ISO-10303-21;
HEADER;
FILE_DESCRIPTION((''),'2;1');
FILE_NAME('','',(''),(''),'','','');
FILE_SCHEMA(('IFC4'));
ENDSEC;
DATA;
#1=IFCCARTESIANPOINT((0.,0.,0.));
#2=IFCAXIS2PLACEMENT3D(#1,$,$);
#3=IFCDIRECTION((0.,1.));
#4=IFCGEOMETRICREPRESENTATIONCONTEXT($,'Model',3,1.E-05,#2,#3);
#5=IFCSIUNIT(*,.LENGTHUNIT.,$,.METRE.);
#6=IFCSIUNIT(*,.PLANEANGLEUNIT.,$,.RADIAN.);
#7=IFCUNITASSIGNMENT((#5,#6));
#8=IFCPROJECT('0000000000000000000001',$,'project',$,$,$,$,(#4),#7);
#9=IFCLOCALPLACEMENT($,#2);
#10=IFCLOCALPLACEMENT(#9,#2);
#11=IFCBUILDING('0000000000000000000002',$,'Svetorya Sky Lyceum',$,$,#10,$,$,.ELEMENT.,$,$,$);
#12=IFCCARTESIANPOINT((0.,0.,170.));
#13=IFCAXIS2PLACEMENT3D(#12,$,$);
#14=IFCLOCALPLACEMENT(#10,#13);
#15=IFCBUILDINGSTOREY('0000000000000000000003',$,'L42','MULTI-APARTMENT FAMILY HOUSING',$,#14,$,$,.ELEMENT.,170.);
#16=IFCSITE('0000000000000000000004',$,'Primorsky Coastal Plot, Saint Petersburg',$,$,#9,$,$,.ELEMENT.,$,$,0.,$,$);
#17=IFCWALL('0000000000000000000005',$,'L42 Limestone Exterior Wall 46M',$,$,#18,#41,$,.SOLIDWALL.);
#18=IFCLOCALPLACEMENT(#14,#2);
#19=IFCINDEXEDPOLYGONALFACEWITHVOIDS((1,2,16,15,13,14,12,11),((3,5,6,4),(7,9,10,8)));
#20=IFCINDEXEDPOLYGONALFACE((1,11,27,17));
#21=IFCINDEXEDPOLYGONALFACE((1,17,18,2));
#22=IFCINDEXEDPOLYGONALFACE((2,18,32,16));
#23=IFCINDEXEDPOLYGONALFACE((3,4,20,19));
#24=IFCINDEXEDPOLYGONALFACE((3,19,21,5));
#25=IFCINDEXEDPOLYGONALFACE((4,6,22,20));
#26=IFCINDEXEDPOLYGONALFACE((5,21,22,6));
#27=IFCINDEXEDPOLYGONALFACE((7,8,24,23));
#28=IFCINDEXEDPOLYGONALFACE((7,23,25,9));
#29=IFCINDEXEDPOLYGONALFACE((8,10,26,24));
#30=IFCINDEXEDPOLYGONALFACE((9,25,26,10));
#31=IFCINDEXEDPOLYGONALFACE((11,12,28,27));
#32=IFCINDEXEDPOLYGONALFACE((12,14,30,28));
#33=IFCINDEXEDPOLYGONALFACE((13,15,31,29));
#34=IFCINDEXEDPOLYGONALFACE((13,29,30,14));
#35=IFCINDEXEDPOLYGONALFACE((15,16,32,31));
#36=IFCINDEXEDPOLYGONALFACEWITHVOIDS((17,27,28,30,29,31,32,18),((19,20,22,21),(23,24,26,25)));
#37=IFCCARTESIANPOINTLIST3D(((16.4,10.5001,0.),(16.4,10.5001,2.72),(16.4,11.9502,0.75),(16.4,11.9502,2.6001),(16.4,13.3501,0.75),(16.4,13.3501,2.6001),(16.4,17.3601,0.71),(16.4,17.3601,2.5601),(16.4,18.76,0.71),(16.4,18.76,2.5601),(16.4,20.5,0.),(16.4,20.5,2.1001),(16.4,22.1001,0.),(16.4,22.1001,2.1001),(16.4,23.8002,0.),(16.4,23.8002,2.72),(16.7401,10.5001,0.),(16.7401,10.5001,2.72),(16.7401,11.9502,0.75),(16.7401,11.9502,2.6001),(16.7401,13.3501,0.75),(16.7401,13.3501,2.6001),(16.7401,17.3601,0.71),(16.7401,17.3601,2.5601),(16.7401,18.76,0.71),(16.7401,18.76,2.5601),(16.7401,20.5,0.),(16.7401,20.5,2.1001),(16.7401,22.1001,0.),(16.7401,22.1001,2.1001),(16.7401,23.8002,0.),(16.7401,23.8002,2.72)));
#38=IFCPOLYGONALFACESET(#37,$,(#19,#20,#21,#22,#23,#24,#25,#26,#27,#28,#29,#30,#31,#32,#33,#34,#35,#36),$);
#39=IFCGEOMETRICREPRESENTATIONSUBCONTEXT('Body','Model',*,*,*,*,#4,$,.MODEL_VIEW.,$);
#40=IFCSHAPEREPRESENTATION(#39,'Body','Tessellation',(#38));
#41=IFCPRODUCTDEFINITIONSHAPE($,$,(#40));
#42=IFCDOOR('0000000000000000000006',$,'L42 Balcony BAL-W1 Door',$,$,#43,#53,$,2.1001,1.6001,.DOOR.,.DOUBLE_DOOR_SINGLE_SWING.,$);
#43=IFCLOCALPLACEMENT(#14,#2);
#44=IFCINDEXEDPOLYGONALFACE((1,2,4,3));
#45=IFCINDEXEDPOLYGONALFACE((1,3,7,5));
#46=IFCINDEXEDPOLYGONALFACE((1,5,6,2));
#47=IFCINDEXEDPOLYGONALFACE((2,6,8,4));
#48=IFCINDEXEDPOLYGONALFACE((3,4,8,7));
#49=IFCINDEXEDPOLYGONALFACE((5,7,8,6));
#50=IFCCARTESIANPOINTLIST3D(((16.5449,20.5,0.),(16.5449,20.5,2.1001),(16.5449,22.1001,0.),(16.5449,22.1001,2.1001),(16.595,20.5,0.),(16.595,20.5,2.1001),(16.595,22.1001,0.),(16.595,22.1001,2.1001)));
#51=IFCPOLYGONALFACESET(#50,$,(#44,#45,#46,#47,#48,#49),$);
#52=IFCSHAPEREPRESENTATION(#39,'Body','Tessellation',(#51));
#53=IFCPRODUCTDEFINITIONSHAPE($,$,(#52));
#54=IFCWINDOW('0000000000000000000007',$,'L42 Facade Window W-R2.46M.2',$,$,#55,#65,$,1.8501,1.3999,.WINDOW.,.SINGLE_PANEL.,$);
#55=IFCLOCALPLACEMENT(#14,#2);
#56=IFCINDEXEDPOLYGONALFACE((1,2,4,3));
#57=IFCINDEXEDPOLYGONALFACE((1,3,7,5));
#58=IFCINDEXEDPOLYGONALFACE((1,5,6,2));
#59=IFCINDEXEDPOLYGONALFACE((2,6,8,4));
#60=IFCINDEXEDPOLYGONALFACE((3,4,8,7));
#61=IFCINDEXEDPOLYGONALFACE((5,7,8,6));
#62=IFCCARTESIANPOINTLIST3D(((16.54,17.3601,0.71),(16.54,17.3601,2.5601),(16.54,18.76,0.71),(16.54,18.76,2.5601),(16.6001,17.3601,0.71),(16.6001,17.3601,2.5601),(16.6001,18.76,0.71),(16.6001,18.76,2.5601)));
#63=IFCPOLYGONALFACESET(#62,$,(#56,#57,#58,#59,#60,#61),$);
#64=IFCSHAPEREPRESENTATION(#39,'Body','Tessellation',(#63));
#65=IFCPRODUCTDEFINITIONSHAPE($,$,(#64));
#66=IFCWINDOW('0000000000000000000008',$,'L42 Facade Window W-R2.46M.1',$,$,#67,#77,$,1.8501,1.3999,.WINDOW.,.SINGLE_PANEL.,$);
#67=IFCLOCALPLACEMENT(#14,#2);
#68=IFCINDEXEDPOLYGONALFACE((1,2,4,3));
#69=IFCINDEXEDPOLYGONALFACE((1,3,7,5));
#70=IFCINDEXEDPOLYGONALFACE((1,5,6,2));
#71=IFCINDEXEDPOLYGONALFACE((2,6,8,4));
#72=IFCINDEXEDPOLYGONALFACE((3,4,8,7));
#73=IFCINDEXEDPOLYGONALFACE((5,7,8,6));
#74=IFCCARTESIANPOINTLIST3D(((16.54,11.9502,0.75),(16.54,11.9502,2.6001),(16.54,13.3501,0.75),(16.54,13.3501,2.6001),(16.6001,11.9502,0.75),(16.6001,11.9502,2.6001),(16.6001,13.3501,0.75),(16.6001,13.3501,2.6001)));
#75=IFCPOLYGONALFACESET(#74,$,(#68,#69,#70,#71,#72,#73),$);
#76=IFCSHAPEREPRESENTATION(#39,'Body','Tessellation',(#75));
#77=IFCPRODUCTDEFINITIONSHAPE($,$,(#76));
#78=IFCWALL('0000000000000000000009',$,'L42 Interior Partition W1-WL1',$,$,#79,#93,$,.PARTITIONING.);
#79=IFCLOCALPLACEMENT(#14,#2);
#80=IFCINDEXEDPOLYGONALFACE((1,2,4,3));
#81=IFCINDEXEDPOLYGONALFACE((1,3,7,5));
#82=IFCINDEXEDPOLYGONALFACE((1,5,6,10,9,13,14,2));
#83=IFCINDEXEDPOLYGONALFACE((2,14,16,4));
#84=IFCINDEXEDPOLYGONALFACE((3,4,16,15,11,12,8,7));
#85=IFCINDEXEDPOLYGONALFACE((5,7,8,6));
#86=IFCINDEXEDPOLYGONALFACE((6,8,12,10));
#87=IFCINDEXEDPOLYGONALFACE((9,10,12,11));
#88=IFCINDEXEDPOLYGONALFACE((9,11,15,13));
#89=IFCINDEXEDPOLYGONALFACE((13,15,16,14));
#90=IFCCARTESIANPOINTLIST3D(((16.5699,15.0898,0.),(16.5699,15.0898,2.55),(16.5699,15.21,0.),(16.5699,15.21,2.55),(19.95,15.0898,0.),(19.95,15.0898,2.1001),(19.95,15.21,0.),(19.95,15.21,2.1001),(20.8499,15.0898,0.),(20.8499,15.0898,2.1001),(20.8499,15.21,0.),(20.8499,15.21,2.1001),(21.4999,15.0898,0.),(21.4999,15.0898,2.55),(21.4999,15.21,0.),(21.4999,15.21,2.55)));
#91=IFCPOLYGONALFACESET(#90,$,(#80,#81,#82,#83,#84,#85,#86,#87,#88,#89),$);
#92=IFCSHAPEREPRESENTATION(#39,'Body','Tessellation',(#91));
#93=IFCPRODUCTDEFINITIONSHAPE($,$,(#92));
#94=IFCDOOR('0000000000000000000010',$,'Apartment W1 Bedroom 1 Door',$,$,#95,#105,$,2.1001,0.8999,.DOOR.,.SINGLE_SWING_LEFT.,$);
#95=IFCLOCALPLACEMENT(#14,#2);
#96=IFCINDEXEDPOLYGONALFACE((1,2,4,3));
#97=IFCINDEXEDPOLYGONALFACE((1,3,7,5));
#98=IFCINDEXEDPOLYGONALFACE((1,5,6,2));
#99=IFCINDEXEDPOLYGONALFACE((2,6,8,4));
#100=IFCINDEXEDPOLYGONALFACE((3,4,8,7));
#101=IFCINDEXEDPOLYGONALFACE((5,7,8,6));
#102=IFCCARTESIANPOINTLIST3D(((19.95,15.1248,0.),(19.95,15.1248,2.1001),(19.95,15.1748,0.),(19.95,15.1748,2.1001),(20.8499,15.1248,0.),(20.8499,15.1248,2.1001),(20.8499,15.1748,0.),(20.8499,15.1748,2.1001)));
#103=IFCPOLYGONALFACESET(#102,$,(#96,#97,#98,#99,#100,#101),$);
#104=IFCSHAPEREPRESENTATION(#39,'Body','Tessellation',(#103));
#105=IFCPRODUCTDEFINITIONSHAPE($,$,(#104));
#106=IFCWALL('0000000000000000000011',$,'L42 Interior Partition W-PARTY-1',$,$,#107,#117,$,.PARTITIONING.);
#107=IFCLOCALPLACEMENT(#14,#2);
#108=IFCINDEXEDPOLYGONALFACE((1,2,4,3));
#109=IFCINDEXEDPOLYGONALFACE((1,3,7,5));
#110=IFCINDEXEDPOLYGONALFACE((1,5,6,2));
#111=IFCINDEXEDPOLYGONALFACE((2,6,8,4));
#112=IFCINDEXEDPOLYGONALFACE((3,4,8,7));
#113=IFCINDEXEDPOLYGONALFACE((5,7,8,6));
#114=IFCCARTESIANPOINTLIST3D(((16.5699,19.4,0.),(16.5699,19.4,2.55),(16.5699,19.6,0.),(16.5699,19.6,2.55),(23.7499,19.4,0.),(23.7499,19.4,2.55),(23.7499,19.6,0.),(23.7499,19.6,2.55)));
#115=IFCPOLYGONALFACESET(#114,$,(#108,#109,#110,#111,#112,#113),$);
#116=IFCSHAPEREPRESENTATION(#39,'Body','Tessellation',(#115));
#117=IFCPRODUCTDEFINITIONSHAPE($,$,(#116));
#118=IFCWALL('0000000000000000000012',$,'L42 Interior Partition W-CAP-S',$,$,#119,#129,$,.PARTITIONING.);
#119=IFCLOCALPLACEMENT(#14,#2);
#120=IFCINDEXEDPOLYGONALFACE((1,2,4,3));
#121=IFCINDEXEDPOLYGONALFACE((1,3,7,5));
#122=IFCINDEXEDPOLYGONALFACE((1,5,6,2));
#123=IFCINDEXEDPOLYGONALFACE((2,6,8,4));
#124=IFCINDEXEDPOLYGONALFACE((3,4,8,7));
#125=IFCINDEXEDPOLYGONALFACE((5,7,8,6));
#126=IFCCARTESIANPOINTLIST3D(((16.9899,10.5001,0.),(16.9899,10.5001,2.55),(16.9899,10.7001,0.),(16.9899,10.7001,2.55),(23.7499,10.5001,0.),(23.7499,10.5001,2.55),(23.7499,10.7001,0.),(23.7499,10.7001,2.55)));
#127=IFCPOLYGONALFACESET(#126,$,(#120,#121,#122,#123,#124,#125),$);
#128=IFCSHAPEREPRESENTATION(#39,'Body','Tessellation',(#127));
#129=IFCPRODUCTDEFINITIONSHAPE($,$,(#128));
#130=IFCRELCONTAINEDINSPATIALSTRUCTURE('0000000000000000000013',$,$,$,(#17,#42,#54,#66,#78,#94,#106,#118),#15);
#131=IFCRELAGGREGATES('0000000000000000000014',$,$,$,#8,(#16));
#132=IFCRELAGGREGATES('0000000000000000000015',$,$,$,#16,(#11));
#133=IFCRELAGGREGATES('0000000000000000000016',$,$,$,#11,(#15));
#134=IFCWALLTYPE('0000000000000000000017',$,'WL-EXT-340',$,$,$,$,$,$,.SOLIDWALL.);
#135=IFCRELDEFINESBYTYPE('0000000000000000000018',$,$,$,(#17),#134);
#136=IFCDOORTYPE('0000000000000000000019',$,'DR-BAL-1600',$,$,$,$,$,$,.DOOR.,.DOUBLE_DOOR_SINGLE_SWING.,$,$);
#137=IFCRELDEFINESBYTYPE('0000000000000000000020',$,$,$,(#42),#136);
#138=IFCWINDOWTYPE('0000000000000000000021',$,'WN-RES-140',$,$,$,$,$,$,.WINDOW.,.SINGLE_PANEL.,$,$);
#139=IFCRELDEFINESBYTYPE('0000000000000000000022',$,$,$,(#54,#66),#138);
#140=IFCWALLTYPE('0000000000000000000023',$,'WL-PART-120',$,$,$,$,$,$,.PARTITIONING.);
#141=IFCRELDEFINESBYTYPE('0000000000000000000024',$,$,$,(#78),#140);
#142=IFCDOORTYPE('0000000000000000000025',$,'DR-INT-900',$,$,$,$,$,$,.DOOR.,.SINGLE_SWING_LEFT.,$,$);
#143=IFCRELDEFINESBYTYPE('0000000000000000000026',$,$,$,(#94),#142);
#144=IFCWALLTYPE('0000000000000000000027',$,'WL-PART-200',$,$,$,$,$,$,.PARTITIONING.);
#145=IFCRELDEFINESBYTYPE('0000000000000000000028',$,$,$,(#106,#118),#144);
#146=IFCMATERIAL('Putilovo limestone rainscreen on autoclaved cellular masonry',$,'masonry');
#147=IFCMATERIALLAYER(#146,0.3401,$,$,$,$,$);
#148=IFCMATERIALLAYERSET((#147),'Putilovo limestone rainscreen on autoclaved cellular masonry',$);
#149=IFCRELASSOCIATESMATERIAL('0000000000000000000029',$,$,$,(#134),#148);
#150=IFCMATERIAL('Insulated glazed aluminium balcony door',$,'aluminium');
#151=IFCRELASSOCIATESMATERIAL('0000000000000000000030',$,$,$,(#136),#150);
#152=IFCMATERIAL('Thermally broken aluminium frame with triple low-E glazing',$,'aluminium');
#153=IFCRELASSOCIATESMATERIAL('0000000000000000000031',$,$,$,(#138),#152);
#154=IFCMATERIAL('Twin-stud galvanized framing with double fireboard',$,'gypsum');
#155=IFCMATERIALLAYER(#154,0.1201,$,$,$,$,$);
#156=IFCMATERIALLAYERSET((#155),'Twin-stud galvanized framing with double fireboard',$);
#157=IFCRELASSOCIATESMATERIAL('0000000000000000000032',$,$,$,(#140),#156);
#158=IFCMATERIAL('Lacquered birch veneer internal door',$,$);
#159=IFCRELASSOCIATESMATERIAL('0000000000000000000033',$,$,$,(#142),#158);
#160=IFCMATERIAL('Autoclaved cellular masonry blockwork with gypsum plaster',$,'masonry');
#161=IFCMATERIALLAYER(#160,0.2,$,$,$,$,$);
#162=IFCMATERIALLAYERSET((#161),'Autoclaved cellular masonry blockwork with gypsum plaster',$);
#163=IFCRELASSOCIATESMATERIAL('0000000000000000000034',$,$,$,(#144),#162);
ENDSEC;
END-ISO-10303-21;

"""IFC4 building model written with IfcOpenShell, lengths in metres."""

from ifc_helpers import new_model, si_unit, direction, frame, frame_2d, origin, place, context, subcontext, project, spatial, rectangle, extrude, material, layer, layer_set, type_object, element, fill, save


model = new_model("IFC4")

# Units and contexts
model_context = context("Model", 3, precision=1e-05, world=origin(), true_north=direction((0.0, 1.0)))
body_context = subcontext(model_context, "Body", "Model", "MODEL_VIEW")
ifc_project = project(units=[si_unit("LENGTHUNIT", "METRE"), si_unit("PLANEANGLEUNIT", "RADIAN")], contexts=[model_context])

# Site, building, storey
site_placement = place(None, origin())
site = spatial("IfcSite", under=ifc_project, at=site_placement, Name="Primorsky Coastal Plot, Saint Petersburg", CompositionType="ELEMENT", RefElevation=0.0)
building_placement = place(site_placement, origin())
building = spatial("IfcBuilding", under=site, at=building_placement, Name="Svetorya Sky Lyceum", CompositionType="ELEMENT")
storey_placement = place(building_placement, frame((0.0, 0.0, 170.0)))
storey = spatial("IfcBuildingStorey", under=building, at=storey_placement, Name="L42", Description="MULTI-APARTMENT FAMILY HOUSING", CompositionType="ELEMENT", Elevation=170.0)

# Shared definitions
ifc_material_1 = material(Name="Putilovo limestone rainscreen on autoclaved cellular masonry", Category="masonry")
ifc_layer_1 = layer(ifc_material_1, 0.3401)
ifc_layer_set_1 = layer_set([ifc_layer_1], Name="Putilovo limestone rainscreen on autoclaved cellular masonry")
wall_type_1 = type_object("IfcWallType", Name="WL-EXT-340", PredefinedType="SOLIDWALL", material=ifc_layer_set_1)

# Wall, openings, door, windows
wall_1_placement = place(storey_placement, frame((16.5701, 23.8, 0.0), z_axis=(0.0, 0.0, 1.0), x_axis=(0.0, -1.0, 0.0)))
wall_1 = element("IfcWall", 1, at=wall_1_placement, inside=storey, type_object=wall_type_1, Name="L42 Limestone Exterior Wall 46M", PredefinedType="SOLIDWALL", context=body_context, shape_type="SweptSolid", body=[
    extrude(rectangle(XDim=13.3, YDim=0.3401, at=frame_2d((6.6499, 0.0))), origin(), (0.0, 0.0, 1.0), 2.72),
])
opening_1_placement = place(wall_1_placement, frame((1.7, 0.0, 0.0)))
opening_1 = element("IfcOpeningElement", 2, at=opening_1_placement, cuts=wall_1, PredefinedType="OPENING", context=body_context, shape_type="SweptSolid", body=[
    extrude(rectangle(XDim=1.6001, YDim=2.1001, at=frame_2d((0.8, 1.05))), frame((0.0, 0.1799, 0.0), z_axis=(0.0, -1.0, 0.0), x_axis=(1.0, 0.0, 0.0)), (0.0, 0.0, 1.0), 0.3601),
])
opening_2_placement = place(wall_1_placement, frame((5.04, 0.0, 0.71)))
opening_2 = element("IfcOpeningElement", 3, at=opening_2_placement, cuts=wall_1, PredefinedType="OPENING", context=body_context, shape_type="SweptSolid", body=[
    extrude(rectangle(XDim=1.3999, YDim=1.8501, at=frame_2d((0.7, 0.925))), frame((0.0, 0.1799, 0.0), z_axis=(0.0, -1.0, 0.0), x_axis=(1.0, 0.0, 0.0)), (0.0, 0.0, 1.0), 0.3601),
])
opening_3_placement = place(wall_1_placement, frame((10.45, 0.0, 0.75)))
opening_3 = element("IfcOpeningElement", 4, at=opening_3_placement, cuts=wall_1, PredefinedType="OPENING", context=body_context, shape_type="SweptSolid", body=[
    extrude(rectangle(XDim=1.3999, YDim=1.8501, at=frame_2d((0.7, 0.925))), frame((0.0, 0.1799, 0.0), z_axis=(0.0, -1.0, 0.0), x_axis=(1.0, 0.0, 0.0)), (0.0, 0.0, 1.0), 0.3601),
])
ifc_material_2 = material(Name="Insulated glazed aluminium balcony door", Category="aluminium")
door_type_1 = type_object("IfcDoorType", Name="DR-BAL-1600", OperationType="DOUBLE_DOOR_SINGLE_SWING", PredefinedType="DOOR", material=ifc_material_2)
door_1_placement = place(opening_1_placement, origin())
door_1 = element("IfcDoor", 5, at=door_1_placement, inside=storey, type_object=door_type_1, Name="L42 Balcony BAL-W1 Door", OperationType="DOUBLE_DOOR_SINGLE_SWING", OverallHeight=2.1001, OverallWidth=1.6001, PredefinedType="DOOR", context=body_context, shape_type="SweptSolid", body=[
    extrude(rectangle(XDim=1.6001, YDim=2.1001, at=frame_2d((0.8, 1.05))), frame((0.0, 0.0249, 0.0), z_axis=(0.0, -1.0, 0.0), x_axis=(1.0, 0.0, 0.0)), (0.0, 0.0, 1.0), 0.05),
])
fill(opening_1, door_1)
ifc_material_3 = material(Name="Thermally broken aluminium frame with triple low-E glazing", Category="aluminium")
window_type = type_object("IfcWindowType", Name="WN-RES-140", PartitioningType="SINGLE_PANEL", PredefinedType="WINDOW", material=ifc_material_3)
window_1_placement = place(opening_2_placement, origin())
window_1 = element("IfcWindow", 6, at=window_1_placement, inside=storey, type_object=window_type, Name="L42 Facade Window W-R2.46M.2", OverallHeight=1.8501, OverallWidth=1.3999, PartitioningType="SINGLE_PANEL", PredefinedType="WINDOW", context=body_context, shape_type="SweptSolid", body=[
    extrude(rectangle(XDim=1.3999, YDim=1.8501, at=frame_2d((0.7, 0.925))), frame((0.0, 0.03, 0.0), z_axis=(0.0, -1.0, 0.0), x_axis=(1.0, 0.0, 0.0)), (0.0, 0.0, 1.0), 0.0601),
])
fill(opening_2, window_1)
window_2_placement = place(opening_3_placement, origin())
window_2 = element("IfcWindow", 7, at=window_2_placement, inside=storey, type_object=window_type, Name="L42 Facade Window W-R2.46M.1", OverallHeight=1.8501, OverallWidth=1.3999, PartitioningType="SINGLE_PANEL", PredefinedType="WINDOW", context=body_context, shape_type="SweptSolid", body=[
    extrude(rectangle(XDim=1.3999, YDim=1.8501, at=frame_2d((0.7, 0.925))), frame((0.0, 0.03, 0.0), z_axis=(0.0, -1.0, 0.0), x_axis=(1.0, 0.0, 0.0)), (0.0, 0.0, 1.0), 0.0601),
])
fill(opening_3, window_2)

# Wall, opening, door
ifc_material_4 = material(Name="Twin-stud galvanized framing with double fireboard", Category="gypsum")
ifc_layer_2 = layer(ifc_material_4, 0.1201)
ifc_layer_set_2 = layer_set([ifc_layer_2], Name="Twin-stud galvanized framing with double fireboard")
wall_type_2 = type_object("IfcWallType", Name="WL-PART-120", PredefinedType="PARTITIONING", material=ifc_layer_set_2)
wall_2_placement = place(storey_placement, frame((16.5701, 15.1499, 0.0), z_axis=(0.0, 0.0, 1.0), x_axis=(1.0, 0.0, 0.0)))
wall_2 = element("IfcWall", 8, at=wall_2_placement, inside=storey, type_object=wall_type_2, Name="L42 Interior Partition W1-WL1", PredefinedType="PARTITIONING", context=body_context, shape_type="SweptSolid", body=[
    extrude(rectangle(XDim=4.9299, YDim=0.1201, at=frame_2d((2.4648, 0.0))), origin(), (0.0, 0.0, 1.0), 2.55),
])
opening_4_placement = place(wall_2_placement, frame((3.3799, 0.0, 0.0)))
opening_4 = element("IfcOpeningElement", 9, at=opening_4_placement, cuts=wall_2, PredefinedType="OPENING", context=body_context, shape_type="SweptSolid", body=[
    extrude(rectangle(XDim=0.8999, YDim=2.1001, at=frame_2d((0.45, 1.05))), frame((0.0, 0.0701, 0.0), z_axis=(0.0, -1.0, 0.0), x_axis=(1.0, 0.0, 0.0)), (0.0, 0.0, 1.0), 0.1401),
])
ifc_material_5 = material(Name="Lacquered birch veneer internal door")
door_type_2 = type_object("IfcDoorType", Name="DR-INT-900", OperationType="SINGLE_SWING_LEFT", PredefinedType="DOOR", material=ifc_material_5)
door_2_placement = place(opening_4_placement, origin())
door_2 = element("IfcDoor", 10, at=door_2_placement, inside=storey, type_object=door_type_2, Name="Apartment W1 Bedroom 1 Door", OperationType="SINGLE_SWING_LEFT", OverallHeight=2.1001, OverallWidth=0.8999, PredefinedType="DOOR", context=body_context, shape_type="SweptSolid", body=[
    extrude(rectangle(XDim=0.8999, YDim=2.1001, at=frame_2d((0.45, 1.05))), frame((0.0, 0.0249, 0.0), z_axis=(0.0, -1.0, 0.0), x_axis=(1.0, 0.0, 0.0)), (0.0, 0.0, 1.0), 0.05),
])
fill(opening_4, door_2)

# Walls
ifc_material_6 = material(Name="Autoclaved cellular masonry blockwork with gypsum plaster", Category="masonry")
ifc_layer_3 = layer(ifc_material_6, 0.2)
ifc_layer_set_3 = layer_set([ifc_layer_3], Name="Autoclaved cellular masonry blockwork with gypsum plaster")
wall_type_3 = type_object("IfcWallType", Name="WL-PART-200", PredefinedType="PARTITIONING", material=ifc_layer_set_3)
wall_3_placement = place(storey_placement, frame((16.5701, 19.5, 0.0), z_axis=(0.0, 0.0, 1.0), x_axis=(1.0, 0.0, 0.0)))
element("IfcWall", 11, at=wall_3_placement, inside=storey, type_object=wall_type_3, Name="L42 Interior Partition W-PARTY-1", PredefinedType="PARTITIONING", context=body_context, shape_type="SweptSolid", body=[
    extrude(rectangle(XDim=7.1799, YDim=0.2, at=frame_2d((3.5898, 0.0))), origin(), (0.0, 0.0, 1.0), 2.55),
])
wall_4_placement = place(storey_placement, frame((16.99, 10.6001, 0.0), z_axis=(0.0, 0.0, 1.0), x_axis=(1.0, 0.0, 0.0)))
element("IfcWall", 12, at=wall_4_placement, inside=storey, type_object=wall_type_3, Name="L42 Interior Partition W-CAP-S", PredefinedType="PARTITIONING", context=body_context, shape_type="SweptSolid", body=[
    extrude(rectangle(XDim=6.76, YDim=0.2, at=frame_2d((3.3799, 0.0))), origin(), (0.0, 0.0, 1.0), 2.55),
])

save(model, "model.ifc")
